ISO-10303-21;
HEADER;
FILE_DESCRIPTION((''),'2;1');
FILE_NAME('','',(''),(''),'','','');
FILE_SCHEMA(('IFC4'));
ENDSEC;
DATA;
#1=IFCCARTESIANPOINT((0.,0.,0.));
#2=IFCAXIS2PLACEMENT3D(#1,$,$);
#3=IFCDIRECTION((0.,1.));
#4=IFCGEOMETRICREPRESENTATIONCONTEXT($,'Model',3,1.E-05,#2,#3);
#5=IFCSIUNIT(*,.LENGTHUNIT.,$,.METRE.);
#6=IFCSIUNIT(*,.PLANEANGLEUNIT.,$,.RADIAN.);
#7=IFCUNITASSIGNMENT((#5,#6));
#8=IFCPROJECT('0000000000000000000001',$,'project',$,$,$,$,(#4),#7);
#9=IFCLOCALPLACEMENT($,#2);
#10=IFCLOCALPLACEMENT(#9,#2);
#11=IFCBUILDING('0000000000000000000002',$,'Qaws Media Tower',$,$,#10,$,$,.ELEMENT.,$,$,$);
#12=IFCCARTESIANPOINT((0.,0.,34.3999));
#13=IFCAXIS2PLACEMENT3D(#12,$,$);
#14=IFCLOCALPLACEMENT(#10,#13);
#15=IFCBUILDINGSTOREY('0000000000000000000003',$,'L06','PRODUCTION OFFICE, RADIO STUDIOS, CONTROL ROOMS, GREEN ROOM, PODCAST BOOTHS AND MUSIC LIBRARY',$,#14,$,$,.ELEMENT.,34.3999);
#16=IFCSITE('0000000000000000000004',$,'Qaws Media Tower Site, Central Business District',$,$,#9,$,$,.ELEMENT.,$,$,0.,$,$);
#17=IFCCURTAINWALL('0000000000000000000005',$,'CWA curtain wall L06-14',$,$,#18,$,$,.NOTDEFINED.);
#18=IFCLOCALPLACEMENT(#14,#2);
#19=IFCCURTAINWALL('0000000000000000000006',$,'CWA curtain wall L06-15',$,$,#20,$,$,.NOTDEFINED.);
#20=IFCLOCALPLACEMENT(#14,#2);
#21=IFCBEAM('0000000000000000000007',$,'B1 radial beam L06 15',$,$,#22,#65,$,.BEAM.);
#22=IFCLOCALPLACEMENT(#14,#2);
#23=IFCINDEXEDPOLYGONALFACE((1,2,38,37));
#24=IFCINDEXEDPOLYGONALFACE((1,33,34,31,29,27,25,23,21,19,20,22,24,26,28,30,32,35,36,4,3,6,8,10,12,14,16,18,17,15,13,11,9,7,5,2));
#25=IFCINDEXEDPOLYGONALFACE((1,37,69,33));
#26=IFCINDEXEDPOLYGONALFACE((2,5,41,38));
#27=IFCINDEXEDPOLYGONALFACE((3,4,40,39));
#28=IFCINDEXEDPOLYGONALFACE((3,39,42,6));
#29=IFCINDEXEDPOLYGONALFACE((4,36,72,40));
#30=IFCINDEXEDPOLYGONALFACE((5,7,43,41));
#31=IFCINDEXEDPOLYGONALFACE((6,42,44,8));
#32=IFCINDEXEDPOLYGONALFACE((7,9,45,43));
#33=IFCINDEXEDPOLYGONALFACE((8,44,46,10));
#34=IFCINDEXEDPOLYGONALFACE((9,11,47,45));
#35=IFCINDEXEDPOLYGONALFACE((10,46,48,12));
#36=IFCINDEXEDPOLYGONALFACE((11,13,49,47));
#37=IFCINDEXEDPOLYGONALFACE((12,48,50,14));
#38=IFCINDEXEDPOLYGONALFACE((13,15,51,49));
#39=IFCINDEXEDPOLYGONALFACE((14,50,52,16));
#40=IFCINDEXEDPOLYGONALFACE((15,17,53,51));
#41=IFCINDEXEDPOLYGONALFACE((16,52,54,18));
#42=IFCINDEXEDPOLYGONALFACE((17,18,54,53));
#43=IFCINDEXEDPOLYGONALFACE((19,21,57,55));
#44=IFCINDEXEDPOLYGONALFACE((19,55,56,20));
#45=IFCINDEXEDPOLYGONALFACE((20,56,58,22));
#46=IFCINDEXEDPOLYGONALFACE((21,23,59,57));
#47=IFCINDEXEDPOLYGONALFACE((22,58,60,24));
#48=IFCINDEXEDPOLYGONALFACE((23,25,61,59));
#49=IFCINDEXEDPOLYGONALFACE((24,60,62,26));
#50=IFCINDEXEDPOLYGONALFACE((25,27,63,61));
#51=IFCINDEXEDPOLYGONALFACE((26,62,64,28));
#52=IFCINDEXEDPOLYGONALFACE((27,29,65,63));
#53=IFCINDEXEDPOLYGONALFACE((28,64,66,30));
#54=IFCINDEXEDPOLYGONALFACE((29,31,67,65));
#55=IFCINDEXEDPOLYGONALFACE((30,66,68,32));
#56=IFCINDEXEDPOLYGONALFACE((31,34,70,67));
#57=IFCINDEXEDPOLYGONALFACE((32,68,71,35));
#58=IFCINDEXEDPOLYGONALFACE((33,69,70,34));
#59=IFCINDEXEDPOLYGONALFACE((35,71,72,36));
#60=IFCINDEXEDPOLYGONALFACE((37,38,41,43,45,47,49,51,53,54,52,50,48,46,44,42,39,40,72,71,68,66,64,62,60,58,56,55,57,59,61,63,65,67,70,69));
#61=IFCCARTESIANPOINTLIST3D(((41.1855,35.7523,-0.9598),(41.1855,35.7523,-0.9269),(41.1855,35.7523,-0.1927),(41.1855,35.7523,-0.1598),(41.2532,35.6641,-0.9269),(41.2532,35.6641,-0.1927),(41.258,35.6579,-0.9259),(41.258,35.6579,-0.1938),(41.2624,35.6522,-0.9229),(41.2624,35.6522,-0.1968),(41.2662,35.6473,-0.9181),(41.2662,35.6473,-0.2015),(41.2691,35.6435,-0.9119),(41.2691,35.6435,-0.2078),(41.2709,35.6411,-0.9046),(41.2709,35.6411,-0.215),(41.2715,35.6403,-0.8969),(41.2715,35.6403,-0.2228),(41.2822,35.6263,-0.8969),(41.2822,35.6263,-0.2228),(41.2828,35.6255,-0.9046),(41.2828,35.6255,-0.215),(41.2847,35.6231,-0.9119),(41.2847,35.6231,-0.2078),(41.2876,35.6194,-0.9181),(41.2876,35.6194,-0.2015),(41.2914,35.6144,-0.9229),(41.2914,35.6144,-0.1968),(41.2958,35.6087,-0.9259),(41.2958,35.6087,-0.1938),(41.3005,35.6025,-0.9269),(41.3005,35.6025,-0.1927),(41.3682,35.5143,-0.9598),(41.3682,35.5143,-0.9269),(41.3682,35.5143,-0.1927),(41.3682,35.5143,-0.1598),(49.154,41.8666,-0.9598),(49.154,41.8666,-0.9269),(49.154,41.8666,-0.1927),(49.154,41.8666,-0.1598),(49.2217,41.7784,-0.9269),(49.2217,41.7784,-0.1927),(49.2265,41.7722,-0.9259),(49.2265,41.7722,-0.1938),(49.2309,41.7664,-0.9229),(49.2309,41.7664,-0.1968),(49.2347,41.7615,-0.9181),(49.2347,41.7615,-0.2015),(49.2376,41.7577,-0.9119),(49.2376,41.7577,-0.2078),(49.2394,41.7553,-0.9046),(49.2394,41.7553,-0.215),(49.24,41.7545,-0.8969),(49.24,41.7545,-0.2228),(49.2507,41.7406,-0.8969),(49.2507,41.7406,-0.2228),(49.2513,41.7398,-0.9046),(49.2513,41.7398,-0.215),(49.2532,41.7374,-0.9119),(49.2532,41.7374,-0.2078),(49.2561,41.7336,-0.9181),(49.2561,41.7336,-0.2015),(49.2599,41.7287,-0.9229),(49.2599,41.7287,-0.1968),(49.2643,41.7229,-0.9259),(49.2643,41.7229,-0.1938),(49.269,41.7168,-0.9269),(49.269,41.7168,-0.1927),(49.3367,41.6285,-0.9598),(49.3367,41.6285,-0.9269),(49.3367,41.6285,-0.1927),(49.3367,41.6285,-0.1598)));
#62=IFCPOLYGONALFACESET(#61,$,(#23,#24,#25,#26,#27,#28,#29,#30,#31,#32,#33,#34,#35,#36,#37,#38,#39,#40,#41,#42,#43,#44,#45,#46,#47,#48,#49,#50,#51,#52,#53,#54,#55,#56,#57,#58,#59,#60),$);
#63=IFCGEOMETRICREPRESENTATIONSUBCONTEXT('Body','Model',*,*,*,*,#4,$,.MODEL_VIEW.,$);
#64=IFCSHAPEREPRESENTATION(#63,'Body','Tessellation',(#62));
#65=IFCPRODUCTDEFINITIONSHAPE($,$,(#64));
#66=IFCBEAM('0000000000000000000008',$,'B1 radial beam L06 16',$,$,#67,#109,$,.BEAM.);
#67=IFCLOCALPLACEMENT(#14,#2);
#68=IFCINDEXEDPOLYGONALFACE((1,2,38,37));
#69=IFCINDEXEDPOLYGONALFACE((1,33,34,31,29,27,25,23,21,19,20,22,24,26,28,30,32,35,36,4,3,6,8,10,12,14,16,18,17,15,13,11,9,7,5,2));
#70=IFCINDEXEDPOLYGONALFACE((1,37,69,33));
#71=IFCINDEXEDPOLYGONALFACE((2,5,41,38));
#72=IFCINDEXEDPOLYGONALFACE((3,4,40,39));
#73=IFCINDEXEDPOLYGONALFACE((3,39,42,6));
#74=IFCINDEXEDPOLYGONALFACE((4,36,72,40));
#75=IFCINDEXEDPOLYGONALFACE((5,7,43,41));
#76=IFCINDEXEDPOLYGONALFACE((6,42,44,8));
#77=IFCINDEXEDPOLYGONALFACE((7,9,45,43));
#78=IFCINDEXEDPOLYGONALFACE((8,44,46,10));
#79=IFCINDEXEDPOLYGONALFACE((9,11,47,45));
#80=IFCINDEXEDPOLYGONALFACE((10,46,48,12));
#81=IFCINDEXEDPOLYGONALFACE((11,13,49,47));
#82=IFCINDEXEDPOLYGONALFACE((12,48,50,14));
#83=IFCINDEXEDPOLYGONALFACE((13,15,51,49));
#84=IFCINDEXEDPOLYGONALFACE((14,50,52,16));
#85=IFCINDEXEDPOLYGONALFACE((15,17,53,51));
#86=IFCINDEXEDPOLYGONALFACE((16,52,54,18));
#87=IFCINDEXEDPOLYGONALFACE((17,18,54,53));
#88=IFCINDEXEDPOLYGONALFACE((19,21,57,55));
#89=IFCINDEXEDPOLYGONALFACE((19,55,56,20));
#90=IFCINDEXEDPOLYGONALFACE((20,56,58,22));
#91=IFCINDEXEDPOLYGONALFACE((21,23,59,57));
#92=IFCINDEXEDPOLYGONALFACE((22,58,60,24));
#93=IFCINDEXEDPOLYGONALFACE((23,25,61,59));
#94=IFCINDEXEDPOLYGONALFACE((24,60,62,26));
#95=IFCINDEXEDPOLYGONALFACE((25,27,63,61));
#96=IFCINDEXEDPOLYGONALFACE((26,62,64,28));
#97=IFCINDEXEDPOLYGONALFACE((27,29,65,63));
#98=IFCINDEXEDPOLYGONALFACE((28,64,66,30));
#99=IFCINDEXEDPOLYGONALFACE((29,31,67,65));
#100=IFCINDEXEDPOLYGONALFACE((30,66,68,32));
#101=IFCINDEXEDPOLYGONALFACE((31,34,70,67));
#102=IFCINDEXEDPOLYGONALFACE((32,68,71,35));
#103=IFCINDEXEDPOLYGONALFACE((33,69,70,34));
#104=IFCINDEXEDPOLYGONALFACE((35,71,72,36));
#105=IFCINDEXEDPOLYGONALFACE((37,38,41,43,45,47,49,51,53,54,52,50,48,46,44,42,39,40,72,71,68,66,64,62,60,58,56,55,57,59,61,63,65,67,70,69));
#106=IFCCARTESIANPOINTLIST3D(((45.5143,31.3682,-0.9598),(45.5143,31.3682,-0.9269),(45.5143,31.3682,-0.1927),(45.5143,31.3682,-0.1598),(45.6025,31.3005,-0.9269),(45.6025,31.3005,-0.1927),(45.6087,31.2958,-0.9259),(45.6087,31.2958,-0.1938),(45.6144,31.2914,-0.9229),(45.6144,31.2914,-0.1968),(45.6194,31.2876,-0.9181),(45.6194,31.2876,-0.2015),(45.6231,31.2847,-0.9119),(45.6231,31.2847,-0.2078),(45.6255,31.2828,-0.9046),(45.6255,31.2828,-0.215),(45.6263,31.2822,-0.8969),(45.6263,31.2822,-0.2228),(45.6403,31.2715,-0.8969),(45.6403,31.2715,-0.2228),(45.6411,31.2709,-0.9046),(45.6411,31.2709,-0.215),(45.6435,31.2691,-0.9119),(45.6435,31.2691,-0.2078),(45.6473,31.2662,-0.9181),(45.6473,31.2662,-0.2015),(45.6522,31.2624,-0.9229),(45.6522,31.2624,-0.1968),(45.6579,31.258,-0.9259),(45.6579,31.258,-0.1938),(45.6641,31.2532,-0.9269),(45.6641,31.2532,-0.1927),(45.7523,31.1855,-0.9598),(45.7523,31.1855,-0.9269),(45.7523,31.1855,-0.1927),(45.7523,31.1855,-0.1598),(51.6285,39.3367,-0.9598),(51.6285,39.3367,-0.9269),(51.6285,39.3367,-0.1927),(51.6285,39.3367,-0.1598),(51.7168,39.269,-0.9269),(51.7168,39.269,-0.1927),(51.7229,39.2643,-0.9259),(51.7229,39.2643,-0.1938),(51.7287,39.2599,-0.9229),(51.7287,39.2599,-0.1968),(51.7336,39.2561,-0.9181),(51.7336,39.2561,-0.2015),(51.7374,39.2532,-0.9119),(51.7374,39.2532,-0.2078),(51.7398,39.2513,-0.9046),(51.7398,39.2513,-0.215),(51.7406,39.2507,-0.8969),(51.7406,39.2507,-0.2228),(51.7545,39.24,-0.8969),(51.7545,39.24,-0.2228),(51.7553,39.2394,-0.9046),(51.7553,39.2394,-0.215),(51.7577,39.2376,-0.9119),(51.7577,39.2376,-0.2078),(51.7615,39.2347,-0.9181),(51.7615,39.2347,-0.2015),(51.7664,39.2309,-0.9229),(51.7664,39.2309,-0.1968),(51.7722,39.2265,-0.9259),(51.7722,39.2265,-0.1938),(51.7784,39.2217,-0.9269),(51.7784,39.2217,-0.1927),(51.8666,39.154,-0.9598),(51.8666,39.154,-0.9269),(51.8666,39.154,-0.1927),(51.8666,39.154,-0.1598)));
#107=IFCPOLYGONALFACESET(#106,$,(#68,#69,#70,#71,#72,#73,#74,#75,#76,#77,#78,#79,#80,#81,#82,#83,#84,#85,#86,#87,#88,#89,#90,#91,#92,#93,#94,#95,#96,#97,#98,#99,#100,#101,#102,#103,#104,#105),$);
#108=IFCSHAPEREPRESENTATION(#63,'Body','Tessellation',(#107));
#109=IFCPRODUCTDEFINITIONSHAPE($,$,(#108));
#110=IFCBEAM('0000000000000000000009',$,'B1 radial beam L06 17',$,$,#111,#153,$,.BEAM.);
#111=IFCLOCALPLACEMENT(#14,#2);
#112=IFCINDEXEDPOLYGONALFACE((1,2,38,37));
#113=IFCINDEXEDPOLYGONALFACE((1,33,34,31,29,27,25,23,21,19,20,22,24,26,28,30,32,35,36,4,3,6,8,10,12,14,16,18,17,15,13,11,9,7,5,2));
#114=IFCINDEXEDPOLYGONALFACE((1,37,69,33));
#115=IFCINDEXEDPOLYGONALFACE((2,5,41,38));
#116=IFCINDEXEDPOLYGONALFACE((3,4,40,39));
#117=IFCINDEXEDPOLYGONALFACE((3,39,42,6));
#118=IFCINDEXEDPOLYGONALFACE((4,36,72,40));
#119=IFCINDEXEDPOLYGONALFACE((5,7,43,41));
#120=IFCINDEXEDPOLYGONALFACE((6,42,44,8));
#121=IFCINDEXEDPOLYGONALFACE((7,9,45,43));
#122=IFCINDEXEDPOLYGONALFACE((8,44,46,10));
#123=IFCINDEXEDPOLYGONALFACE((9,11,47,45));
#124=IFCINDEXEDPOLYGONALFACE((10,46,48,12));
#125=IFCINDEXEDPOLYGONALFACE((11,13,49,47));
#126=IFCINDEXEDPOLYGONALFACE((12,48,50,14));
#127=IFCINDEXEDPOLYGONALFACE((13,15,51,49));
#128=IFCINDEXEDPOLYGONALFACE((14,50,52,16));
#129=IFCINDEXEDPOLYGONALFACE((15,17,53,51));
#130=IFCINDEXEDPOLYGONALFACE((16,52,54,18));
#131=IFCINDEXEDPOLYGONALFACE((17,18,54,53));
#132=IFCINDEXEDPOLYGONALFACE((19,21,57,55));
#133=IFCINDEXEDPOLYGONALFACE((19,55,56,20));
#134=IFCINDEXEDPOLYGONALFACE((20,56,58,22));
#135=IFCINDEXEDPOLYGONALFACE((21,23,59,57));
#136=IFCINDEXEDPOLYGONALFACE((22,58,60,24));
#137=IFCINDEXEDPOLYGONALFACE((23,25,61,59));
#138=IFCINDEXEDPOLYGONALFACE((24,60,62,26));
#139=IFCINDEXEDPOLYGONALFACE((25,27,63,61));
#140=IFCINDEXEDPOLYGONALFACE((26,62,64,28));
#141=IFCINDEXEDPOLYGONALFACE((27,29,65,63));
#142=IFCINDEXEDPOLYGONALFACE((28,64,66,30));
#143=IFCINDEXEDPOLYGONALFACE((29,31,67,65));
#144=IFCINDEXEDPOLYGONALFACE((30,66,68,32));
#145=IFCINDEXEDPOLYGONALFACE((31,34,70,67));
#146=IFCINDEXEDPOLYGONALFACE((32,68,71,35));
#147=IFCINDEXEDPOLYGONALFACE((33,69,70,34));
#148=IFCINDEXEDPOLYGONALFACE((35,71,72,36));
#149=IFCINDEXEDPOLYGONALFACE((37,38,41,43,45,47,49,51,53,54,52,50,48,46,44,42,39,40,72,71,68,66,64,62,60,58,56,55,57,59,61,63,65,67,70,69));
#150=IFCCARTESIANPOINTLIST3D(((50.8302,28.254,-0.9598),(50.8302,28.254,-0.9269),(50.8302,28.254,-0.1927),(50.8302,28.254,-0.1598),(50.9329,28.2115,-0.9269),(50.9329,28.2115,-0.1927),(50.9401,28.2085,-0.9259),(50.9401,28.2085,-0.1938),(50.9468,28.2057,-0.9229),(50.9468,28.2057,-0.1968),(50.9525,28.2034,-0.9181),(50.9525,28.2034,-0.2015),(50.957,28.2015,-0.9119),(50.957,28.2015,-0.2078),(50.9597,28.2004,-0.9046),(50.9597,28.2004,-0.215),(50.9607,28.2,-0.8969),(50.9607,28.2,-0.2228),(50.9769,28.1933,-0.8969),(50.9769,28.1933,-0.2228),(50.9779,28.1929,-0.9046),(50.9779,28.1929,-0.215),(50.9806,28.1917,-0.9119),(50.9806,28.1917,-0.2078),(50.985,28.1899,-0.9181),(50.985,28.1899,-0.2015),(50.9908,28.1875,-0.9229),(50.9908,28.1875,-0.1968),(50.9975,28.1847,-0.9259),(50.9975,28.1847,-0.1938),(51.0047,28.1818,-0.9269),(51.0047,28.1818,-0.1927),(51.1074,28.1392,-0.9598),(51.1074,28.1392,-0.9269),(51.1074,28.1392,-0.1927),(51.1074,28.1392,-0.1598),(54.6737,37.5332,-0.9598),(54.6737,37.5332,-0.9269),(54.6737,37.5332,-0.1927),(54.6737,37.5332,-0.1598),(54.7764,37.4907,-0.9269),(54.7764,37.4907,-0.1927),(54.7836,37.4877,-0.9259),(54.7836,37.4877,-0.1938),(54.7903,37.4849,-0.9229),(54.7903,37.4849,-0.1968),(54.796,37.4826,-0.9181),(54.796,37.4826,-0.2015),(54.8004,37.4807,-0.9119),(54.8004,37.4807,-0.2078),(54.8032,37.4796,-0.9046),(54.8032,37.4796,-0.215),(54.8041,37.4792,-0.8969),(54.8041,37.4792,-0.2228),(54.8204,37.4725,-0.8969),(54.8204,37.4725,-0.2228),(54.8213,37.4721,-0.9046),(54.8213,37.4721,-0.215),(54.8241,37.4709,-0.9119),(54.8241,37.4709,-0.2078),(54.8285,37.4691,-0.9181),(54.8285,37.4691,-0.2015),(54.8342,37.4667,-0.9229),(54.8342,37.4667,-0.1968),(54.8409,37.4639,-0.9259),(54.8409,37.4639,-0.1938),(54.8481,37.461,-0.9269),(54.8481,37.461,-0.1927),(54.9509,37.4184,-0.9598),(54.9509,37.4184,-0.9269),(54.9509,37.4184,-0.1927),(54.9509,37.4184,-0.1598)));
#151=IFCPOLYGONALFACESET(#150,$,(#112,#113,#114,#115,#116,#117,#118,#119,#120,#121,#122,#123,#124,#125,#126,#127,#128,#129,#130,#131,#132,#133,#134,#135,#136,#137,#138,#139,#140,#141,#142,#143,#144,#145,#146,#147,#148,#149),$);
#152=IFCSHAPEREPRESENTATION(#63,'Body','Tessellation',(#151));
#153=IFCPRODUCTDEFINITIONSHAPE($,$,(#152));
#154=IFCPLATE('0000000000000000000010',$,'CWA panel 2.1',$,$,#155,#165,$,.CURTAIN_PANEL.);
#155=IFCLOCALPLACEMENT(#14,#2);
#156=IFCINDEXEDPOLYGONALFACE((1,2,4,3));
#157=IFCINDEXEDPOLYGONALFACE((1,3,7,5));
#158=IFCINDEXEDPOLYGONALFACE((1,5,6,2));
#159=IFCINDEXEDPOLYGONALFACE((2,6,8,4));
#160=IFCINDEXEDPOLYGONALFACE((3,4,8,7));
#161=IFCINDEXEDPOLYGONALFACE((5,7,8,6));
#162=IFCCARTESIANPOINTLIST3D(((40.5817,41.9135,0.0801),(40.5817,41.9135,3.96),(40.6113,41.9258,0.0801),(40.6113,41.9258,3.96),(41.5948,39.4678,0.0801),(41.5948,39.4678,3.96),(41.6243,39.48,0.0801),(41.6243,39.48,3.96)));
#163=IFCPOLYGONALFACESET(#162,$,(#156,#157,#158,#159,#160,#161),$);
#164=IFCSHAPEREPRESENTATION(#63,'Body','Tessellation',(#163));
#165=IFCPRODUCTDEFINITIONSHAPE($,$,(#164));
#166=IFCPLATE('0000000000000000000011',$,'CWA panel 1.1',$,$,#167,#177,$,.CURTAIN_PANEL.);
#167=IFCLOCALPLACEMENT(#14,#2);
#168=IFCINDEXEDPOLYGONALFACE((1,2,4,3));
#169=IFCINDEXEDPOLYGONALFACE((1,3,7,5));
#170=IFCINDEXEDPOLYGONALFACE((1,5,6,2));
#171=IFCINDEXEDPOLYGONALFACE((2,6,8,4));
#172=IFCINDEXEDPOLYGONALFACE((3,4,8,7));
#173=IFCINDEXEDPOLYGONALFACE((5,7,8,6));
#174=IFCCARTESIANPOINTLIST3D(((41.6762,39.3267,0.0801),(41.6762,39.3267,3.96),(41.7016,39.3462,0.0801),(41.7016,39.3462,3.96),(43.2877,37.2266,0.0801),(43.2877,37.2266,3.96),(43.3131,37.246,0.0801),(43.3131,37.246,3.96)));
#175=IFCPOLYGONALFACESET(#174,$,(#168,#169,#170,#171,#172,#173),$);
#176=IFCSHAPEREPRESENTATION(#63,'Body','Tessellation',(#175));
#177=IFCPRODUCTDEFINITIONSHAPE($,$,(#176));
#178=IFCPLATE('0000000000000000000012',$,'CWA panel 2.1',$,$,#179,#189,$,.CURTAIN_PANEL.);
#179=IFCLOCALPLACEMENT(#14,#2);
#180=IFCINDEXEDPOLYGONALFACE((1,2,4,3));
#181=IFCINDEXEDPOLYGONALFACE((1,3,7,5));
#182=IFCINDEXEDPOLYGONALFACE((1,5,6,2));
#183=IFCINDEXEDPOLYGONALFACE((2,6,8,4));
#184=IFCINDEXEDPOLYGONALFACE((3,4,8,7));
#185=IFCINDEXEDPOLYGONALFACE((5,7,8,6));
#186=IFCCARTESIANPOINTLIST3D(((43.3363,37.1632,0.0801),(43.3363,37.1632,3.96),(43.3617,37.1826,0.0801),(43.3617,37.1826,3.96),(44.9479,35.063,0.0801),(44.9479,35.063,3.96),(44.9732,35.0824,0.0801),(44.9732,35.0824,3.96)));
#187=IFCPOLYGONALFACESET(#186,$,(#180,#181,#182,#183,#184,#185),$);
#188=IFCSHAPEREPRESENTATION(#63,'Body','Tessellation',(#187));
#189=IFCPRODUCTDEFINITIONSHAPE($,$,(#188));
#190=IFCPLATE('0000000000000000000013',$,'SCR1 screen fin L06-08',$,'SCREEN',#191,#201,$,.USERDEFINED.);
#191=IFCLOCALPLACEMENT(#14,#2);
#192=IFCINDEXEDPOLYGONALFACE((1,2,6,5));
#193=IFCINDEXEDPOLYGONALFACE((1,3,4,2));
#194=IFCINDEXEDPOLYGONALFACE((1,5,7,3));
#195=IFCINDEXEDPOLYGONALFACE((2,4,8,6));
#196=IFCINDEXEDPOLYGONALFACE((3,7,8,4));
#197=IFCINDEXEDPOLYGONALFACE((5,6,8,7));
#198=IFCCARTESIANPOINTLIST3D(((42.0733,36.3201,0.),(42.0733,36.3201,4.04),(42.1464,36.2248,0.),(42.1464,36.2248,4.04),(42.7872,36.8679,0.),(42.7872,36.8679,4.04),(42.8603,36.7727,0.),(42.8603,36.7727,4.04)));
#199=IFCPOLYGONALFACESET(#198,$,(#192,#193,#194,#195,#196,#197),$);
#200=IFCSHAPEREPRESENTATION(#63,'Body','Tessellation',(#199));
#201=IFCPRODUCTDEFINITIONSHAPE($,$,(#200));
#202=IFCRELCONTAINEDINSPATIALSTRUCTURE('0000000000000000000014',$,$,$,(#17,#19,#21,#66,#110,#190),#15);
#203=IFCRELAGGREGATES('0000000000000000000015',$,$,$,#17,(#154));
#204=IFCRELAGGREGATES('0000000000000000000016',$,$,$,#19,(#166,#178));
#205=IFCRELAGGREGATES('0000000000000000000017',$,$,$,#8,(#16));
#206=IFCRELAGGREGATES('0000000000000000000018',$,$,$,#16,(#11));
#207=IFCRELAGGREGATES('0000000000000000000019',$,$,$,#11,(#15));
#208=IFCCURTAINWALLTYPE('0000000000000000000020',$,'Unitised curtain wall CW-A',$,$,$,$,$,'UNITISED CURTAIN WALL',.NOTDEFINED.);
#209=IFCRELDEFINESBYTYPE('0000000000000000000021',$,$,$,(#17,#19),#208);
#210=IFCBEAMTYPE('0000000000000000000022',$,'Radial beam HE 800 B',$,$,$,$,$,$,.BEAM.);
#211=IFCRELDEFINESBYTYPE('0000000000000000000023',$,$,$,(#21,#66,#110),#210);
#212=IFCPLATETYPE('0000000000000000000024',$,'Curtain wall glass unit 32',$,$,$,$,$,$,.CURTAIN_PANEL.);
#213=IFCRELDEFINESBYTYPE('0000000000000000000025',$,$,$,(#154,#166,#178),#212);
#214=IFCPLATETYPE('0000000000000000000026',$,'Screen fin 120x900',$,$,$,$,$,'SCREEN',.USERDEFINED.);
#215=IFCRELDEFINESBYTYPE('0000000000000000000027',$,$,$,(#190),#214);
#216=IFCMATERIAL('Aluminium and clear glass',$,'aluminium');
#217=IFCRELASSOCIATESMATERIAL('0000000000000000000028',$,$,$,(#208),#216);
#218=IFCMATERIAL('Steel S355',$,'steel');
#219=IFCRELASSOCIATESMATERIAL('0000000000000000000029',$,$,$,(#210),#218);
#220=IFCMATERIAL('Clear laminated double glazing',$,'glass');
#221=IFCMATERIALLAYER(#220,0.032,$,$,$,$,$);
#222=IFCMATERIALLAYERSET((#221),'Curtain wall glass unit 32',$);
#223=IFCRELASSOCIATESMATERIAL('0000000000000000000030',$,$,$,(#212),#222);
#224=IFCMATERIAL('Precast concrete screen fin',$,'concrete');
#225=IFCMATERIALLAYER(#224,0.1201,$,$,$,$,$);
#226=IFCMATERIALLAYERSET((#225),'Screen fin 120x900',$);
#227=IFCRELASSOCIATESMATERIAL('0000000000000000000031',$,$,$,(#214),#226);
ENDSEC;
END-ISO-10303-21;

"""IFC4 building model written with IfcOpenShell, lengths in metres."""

from ifc_helpers import new_model, si_unit, direction, frame, origin, origin_2d, place, context, subcontext, project, spatial, rectangle, i_section, extrude, material, layer, layer_set, material_profile, profile_set, type_object, element, aggregate, save


model = new_model("IFC4")

# Units and contexts
model_context = context("Model", 3, precision=1e-05, world=origin(), true_north=direction((0.0, 1.0)))
body_context = subcontext(model_context, "Body", "Model", "MODEL_VIEW")
ifc_project = project(units=[si_unit("LENGTHUNIT", "METRE"), si_unit("PLANEANGLEUNIT", "RADIAN")], contexts=[model_context])

# Site, building, storey
site_placement = place(None, origin())
site = spatial("IfcSite", under=ifc_project, at=site_placement, Name="Qaws Media Tower Site, Central Business District", CompositionType="ELEMENT", RefElevation=0.0)
building_placement = place(site_placement, origin())
building = spatial("IfcBuilding", under=site, at=building_placement, Name="Qaws Media Tower", CompositionType="ELEMENT")
storey_placement = place(building_placement, frame((0.0, 0.0, 34.3999)))
storey = spatial("IfcBuildingStorey", under=building, at=storey_placement, Name="L06", Description="PRODUCTION OFFICE, RADIO STUDIOS, CONTROL ROOMS, GREEN ROOM, PODCAST BOOTHS AND MUSIC LIBRARY", CompositionType="ELEMENT", Elevation=34.3999)

# Curtain wall
ifc_material_1 = material(Name="Aluminium and clear glass", Category="aluminium")
curtain_wall_type = type_object("IfcCurtainWallType", Name="Unitised curtain wall CW-A", ElementType="UNITISED CURTAIN WALL", PredefinedType="NOTDEFINED", material=ifc_material_1)
curtain_wall_1_placement = place(storey_placement, origin())
curtain_wall_1 = element("IfcCurtainWall", 1, at=curtain_wall_1_placement, inside=storey, type_object=curtain_wall_type, Name="CWA curtain wall L06-14", PredefinedType="NOTDEFINED")

# Curtain wall
curtain_wall_2_placement = place(storey_placement, origin())
curtain_wall_2 = element("IfcCurtainWall", 2, at=curtain_wall_2_placement, inside=storey, type_object=curtain_wall_type, Name="CWA curtain wall L06-15", PredefinedType="NOTDEFINED")

# Beams
ifc_material_2 = material(Name="Steel S355", Category="steel")
ifc_material_profile_1 = material_profile(ifc_material_2, i_section(OverallWidth=0.3, OverallDepth=0.8, WebThickness=0.0176, FlangeThickness=0.033, FilletRadius=0.03, at=origin_2d()), Name="HE 800 B")
ifc_profile_set_1 = profile_set([ifc_material_profile_1], Name="Steel S355")
beam_type_1 = type_object("IfcBeamType", Name="Radial beam HE 800 B", PredefinedType="BEAM", material=ifc_profile_set_1)
for number, where, z_axis, x_axis, name in (
    (3, (49.2454, 41.7476, -0.5598), (-0.793363, -0.608749, 0.0), (0.608749, -0.793363, 0.0), "B1 radial beam L06 15"),
    (4, (51.7476, 39.2454, -0.5598), (-0.608749, -0.793363, 0.0), (0.793363, -0.608749, 0.0), "B1 radial beam L06 16"),
):
    element("IfcBeam", number, at=place(storey_placement, frame(where, z_axis=z_axis, x_axis=x_axis)), inside=storey, type_object=beam_type_1, Name=name, PredefinedType="BEAM", context=body_context, shape_type="SweptSolid", body=[
        extrude(i_section(OverallWidth=0.3, OverallDepth=0.8, WebThickness=0.0176, FlangeThickness=0.033, FilletRadius=0.03, at=origin_2d()), origin(), (0.0, 0.0, 1.0), 10.0439),
    ])
beam_1_placement = place(storey_placement, frame((54.8123, 37.4758, -0.5598), z_axis=(-0.382675, -0.923883, 0.0), x_axis=(0.923883, -0.382675, 0.0)))
element("IfcBeam", 5, at=beam_1_placement, inside=storey, type_object=beam_type_1, Name="B1 radial beam L06 17", PredefinedType="BEAM", context=body_context, shape_type="SweptSolid", body=[
    extrude(i_section(OverallWidth=0.3, OverallDepth=0.8, WebThickness=0.0176, FlangeThickness=0.033, FilletRadius=0.03, at=origin_2d()), origin(), (0.0, 0.0, 1.0), 10.0437),
])

# Plates
ifc_material_3 = material(Name="Clear laminated double glazing", Category="glass")
ifc_layer_1 = layer(ifc_material_3, 0.032)
ifc_layer_set_1 = layer_set([ifc_layer_1], Name="Curtain wall glass unit 32")
plate_type_1 = type_object("IfcPlateType", Name="Curtain wall glass unit 32", PredefinedType="CURTAIN_PANEL", material=ifc_layer_set_1)
plate_1_placement = place(storey_placement, frame((41.103, 40.6968, 0.0801), z_axis=(0.0, 0.0, 1.0), x_axis=(0.382683, -0.92388, 0.0)))
plate_1 = element("IfcPlate", 6, at=plate_1_placement, type_object=plate_type_1, Name="CWA panel 2.1", PredefinedType="CURTAIN_PANEL", context=body_context, shape_type="SweptSolid", body=[
    extrude(rectangle(XDim=2.6472, YDim=0.032, at=origin_2d()), origin(), (0.0, 0.0, 1.0), 3.8799),
])
aggregate(curtain_wall_1, [plate_1])
plate_2_placement = place(storey_placement, frame((42.4946, 38.2864, 0.0801), z_axis=(0.0, 0.0, 1.0), x_axis=(0.608761, -0.793353, 0.0)))
plate_2 = element("IfcPlate", 7, at=plate_2_placement, type_object=plate_type_1, Name="CWA panel 1.1", PredefinedType="CURTAIN_PANEL", context=body_context, shape_type="SweptSolid", body=[
    extrude(rectangle(XDim=2.6472, YDim=0.032, at=origin_2d()), origin(), (0.0, 0.0, 1.0), 3.8799),
])
plate_3_placement = place(storey_placement, frame((44.1548, 36.1228, 0.0801), z_axis=(0.0, 0.0, 1.0), x_axis=(0.608761, -0.793353, 0.0)))
plate_3 = element("IfcPlate", 8, at=plate_3_placement, type_object=plate_type_1, Name="CWA panel 2.1", PredefinedType="CURTAIN_PANEL", context=body_context, shape_type="SweptSolid", body=[
    extrude(rectangle(XDim=2.6472, YDim=0.032, at=origin_2d()), origin(), (0.0, 0.0, 1.0), 3.8799),
])
aggregate(curtain_wall_2, [plate_2, plate_3])
ifc_material_4 = material(Name="Precast concrete screen fin", Category="concrete")
ifc_layer_2 = layer(ifc_material_4, 0.1201)
ifc_layer_set_2 = layer_set([ifc_layer_2], Name="Screen fin 120x900")
plate_type_2 = type_object("IfcPlateType", Name="Screen fin 120x900", ElementType="SCREEN", PredefinedType="USERDEFINED", material=ifc_layer_set_2)
plate_4_placement = place(storey_placement, frame((42.4668, 36.5464, 0.0), z_axis=(0.0, 0.0, 1.0), x_axis=(-0.793353, -0.608761, 0.0)))
element("IfcPlate", 9, at=plate_4_placement, inside=storey, type_object=plate_type_2, Name="SCR1 screen fin L06-08", ObjectType="SCREEN", PredefinedType="USERDEFINED", context=body_context, shape_type="SweptSolid", body=[
    extrude(rectangle(XDim=0.8999, YDim=0.1201, at=origin_2d()), origin(), (0.0, 0.0, 1.0), 4.04),
])

save(model, "model.ifc")
